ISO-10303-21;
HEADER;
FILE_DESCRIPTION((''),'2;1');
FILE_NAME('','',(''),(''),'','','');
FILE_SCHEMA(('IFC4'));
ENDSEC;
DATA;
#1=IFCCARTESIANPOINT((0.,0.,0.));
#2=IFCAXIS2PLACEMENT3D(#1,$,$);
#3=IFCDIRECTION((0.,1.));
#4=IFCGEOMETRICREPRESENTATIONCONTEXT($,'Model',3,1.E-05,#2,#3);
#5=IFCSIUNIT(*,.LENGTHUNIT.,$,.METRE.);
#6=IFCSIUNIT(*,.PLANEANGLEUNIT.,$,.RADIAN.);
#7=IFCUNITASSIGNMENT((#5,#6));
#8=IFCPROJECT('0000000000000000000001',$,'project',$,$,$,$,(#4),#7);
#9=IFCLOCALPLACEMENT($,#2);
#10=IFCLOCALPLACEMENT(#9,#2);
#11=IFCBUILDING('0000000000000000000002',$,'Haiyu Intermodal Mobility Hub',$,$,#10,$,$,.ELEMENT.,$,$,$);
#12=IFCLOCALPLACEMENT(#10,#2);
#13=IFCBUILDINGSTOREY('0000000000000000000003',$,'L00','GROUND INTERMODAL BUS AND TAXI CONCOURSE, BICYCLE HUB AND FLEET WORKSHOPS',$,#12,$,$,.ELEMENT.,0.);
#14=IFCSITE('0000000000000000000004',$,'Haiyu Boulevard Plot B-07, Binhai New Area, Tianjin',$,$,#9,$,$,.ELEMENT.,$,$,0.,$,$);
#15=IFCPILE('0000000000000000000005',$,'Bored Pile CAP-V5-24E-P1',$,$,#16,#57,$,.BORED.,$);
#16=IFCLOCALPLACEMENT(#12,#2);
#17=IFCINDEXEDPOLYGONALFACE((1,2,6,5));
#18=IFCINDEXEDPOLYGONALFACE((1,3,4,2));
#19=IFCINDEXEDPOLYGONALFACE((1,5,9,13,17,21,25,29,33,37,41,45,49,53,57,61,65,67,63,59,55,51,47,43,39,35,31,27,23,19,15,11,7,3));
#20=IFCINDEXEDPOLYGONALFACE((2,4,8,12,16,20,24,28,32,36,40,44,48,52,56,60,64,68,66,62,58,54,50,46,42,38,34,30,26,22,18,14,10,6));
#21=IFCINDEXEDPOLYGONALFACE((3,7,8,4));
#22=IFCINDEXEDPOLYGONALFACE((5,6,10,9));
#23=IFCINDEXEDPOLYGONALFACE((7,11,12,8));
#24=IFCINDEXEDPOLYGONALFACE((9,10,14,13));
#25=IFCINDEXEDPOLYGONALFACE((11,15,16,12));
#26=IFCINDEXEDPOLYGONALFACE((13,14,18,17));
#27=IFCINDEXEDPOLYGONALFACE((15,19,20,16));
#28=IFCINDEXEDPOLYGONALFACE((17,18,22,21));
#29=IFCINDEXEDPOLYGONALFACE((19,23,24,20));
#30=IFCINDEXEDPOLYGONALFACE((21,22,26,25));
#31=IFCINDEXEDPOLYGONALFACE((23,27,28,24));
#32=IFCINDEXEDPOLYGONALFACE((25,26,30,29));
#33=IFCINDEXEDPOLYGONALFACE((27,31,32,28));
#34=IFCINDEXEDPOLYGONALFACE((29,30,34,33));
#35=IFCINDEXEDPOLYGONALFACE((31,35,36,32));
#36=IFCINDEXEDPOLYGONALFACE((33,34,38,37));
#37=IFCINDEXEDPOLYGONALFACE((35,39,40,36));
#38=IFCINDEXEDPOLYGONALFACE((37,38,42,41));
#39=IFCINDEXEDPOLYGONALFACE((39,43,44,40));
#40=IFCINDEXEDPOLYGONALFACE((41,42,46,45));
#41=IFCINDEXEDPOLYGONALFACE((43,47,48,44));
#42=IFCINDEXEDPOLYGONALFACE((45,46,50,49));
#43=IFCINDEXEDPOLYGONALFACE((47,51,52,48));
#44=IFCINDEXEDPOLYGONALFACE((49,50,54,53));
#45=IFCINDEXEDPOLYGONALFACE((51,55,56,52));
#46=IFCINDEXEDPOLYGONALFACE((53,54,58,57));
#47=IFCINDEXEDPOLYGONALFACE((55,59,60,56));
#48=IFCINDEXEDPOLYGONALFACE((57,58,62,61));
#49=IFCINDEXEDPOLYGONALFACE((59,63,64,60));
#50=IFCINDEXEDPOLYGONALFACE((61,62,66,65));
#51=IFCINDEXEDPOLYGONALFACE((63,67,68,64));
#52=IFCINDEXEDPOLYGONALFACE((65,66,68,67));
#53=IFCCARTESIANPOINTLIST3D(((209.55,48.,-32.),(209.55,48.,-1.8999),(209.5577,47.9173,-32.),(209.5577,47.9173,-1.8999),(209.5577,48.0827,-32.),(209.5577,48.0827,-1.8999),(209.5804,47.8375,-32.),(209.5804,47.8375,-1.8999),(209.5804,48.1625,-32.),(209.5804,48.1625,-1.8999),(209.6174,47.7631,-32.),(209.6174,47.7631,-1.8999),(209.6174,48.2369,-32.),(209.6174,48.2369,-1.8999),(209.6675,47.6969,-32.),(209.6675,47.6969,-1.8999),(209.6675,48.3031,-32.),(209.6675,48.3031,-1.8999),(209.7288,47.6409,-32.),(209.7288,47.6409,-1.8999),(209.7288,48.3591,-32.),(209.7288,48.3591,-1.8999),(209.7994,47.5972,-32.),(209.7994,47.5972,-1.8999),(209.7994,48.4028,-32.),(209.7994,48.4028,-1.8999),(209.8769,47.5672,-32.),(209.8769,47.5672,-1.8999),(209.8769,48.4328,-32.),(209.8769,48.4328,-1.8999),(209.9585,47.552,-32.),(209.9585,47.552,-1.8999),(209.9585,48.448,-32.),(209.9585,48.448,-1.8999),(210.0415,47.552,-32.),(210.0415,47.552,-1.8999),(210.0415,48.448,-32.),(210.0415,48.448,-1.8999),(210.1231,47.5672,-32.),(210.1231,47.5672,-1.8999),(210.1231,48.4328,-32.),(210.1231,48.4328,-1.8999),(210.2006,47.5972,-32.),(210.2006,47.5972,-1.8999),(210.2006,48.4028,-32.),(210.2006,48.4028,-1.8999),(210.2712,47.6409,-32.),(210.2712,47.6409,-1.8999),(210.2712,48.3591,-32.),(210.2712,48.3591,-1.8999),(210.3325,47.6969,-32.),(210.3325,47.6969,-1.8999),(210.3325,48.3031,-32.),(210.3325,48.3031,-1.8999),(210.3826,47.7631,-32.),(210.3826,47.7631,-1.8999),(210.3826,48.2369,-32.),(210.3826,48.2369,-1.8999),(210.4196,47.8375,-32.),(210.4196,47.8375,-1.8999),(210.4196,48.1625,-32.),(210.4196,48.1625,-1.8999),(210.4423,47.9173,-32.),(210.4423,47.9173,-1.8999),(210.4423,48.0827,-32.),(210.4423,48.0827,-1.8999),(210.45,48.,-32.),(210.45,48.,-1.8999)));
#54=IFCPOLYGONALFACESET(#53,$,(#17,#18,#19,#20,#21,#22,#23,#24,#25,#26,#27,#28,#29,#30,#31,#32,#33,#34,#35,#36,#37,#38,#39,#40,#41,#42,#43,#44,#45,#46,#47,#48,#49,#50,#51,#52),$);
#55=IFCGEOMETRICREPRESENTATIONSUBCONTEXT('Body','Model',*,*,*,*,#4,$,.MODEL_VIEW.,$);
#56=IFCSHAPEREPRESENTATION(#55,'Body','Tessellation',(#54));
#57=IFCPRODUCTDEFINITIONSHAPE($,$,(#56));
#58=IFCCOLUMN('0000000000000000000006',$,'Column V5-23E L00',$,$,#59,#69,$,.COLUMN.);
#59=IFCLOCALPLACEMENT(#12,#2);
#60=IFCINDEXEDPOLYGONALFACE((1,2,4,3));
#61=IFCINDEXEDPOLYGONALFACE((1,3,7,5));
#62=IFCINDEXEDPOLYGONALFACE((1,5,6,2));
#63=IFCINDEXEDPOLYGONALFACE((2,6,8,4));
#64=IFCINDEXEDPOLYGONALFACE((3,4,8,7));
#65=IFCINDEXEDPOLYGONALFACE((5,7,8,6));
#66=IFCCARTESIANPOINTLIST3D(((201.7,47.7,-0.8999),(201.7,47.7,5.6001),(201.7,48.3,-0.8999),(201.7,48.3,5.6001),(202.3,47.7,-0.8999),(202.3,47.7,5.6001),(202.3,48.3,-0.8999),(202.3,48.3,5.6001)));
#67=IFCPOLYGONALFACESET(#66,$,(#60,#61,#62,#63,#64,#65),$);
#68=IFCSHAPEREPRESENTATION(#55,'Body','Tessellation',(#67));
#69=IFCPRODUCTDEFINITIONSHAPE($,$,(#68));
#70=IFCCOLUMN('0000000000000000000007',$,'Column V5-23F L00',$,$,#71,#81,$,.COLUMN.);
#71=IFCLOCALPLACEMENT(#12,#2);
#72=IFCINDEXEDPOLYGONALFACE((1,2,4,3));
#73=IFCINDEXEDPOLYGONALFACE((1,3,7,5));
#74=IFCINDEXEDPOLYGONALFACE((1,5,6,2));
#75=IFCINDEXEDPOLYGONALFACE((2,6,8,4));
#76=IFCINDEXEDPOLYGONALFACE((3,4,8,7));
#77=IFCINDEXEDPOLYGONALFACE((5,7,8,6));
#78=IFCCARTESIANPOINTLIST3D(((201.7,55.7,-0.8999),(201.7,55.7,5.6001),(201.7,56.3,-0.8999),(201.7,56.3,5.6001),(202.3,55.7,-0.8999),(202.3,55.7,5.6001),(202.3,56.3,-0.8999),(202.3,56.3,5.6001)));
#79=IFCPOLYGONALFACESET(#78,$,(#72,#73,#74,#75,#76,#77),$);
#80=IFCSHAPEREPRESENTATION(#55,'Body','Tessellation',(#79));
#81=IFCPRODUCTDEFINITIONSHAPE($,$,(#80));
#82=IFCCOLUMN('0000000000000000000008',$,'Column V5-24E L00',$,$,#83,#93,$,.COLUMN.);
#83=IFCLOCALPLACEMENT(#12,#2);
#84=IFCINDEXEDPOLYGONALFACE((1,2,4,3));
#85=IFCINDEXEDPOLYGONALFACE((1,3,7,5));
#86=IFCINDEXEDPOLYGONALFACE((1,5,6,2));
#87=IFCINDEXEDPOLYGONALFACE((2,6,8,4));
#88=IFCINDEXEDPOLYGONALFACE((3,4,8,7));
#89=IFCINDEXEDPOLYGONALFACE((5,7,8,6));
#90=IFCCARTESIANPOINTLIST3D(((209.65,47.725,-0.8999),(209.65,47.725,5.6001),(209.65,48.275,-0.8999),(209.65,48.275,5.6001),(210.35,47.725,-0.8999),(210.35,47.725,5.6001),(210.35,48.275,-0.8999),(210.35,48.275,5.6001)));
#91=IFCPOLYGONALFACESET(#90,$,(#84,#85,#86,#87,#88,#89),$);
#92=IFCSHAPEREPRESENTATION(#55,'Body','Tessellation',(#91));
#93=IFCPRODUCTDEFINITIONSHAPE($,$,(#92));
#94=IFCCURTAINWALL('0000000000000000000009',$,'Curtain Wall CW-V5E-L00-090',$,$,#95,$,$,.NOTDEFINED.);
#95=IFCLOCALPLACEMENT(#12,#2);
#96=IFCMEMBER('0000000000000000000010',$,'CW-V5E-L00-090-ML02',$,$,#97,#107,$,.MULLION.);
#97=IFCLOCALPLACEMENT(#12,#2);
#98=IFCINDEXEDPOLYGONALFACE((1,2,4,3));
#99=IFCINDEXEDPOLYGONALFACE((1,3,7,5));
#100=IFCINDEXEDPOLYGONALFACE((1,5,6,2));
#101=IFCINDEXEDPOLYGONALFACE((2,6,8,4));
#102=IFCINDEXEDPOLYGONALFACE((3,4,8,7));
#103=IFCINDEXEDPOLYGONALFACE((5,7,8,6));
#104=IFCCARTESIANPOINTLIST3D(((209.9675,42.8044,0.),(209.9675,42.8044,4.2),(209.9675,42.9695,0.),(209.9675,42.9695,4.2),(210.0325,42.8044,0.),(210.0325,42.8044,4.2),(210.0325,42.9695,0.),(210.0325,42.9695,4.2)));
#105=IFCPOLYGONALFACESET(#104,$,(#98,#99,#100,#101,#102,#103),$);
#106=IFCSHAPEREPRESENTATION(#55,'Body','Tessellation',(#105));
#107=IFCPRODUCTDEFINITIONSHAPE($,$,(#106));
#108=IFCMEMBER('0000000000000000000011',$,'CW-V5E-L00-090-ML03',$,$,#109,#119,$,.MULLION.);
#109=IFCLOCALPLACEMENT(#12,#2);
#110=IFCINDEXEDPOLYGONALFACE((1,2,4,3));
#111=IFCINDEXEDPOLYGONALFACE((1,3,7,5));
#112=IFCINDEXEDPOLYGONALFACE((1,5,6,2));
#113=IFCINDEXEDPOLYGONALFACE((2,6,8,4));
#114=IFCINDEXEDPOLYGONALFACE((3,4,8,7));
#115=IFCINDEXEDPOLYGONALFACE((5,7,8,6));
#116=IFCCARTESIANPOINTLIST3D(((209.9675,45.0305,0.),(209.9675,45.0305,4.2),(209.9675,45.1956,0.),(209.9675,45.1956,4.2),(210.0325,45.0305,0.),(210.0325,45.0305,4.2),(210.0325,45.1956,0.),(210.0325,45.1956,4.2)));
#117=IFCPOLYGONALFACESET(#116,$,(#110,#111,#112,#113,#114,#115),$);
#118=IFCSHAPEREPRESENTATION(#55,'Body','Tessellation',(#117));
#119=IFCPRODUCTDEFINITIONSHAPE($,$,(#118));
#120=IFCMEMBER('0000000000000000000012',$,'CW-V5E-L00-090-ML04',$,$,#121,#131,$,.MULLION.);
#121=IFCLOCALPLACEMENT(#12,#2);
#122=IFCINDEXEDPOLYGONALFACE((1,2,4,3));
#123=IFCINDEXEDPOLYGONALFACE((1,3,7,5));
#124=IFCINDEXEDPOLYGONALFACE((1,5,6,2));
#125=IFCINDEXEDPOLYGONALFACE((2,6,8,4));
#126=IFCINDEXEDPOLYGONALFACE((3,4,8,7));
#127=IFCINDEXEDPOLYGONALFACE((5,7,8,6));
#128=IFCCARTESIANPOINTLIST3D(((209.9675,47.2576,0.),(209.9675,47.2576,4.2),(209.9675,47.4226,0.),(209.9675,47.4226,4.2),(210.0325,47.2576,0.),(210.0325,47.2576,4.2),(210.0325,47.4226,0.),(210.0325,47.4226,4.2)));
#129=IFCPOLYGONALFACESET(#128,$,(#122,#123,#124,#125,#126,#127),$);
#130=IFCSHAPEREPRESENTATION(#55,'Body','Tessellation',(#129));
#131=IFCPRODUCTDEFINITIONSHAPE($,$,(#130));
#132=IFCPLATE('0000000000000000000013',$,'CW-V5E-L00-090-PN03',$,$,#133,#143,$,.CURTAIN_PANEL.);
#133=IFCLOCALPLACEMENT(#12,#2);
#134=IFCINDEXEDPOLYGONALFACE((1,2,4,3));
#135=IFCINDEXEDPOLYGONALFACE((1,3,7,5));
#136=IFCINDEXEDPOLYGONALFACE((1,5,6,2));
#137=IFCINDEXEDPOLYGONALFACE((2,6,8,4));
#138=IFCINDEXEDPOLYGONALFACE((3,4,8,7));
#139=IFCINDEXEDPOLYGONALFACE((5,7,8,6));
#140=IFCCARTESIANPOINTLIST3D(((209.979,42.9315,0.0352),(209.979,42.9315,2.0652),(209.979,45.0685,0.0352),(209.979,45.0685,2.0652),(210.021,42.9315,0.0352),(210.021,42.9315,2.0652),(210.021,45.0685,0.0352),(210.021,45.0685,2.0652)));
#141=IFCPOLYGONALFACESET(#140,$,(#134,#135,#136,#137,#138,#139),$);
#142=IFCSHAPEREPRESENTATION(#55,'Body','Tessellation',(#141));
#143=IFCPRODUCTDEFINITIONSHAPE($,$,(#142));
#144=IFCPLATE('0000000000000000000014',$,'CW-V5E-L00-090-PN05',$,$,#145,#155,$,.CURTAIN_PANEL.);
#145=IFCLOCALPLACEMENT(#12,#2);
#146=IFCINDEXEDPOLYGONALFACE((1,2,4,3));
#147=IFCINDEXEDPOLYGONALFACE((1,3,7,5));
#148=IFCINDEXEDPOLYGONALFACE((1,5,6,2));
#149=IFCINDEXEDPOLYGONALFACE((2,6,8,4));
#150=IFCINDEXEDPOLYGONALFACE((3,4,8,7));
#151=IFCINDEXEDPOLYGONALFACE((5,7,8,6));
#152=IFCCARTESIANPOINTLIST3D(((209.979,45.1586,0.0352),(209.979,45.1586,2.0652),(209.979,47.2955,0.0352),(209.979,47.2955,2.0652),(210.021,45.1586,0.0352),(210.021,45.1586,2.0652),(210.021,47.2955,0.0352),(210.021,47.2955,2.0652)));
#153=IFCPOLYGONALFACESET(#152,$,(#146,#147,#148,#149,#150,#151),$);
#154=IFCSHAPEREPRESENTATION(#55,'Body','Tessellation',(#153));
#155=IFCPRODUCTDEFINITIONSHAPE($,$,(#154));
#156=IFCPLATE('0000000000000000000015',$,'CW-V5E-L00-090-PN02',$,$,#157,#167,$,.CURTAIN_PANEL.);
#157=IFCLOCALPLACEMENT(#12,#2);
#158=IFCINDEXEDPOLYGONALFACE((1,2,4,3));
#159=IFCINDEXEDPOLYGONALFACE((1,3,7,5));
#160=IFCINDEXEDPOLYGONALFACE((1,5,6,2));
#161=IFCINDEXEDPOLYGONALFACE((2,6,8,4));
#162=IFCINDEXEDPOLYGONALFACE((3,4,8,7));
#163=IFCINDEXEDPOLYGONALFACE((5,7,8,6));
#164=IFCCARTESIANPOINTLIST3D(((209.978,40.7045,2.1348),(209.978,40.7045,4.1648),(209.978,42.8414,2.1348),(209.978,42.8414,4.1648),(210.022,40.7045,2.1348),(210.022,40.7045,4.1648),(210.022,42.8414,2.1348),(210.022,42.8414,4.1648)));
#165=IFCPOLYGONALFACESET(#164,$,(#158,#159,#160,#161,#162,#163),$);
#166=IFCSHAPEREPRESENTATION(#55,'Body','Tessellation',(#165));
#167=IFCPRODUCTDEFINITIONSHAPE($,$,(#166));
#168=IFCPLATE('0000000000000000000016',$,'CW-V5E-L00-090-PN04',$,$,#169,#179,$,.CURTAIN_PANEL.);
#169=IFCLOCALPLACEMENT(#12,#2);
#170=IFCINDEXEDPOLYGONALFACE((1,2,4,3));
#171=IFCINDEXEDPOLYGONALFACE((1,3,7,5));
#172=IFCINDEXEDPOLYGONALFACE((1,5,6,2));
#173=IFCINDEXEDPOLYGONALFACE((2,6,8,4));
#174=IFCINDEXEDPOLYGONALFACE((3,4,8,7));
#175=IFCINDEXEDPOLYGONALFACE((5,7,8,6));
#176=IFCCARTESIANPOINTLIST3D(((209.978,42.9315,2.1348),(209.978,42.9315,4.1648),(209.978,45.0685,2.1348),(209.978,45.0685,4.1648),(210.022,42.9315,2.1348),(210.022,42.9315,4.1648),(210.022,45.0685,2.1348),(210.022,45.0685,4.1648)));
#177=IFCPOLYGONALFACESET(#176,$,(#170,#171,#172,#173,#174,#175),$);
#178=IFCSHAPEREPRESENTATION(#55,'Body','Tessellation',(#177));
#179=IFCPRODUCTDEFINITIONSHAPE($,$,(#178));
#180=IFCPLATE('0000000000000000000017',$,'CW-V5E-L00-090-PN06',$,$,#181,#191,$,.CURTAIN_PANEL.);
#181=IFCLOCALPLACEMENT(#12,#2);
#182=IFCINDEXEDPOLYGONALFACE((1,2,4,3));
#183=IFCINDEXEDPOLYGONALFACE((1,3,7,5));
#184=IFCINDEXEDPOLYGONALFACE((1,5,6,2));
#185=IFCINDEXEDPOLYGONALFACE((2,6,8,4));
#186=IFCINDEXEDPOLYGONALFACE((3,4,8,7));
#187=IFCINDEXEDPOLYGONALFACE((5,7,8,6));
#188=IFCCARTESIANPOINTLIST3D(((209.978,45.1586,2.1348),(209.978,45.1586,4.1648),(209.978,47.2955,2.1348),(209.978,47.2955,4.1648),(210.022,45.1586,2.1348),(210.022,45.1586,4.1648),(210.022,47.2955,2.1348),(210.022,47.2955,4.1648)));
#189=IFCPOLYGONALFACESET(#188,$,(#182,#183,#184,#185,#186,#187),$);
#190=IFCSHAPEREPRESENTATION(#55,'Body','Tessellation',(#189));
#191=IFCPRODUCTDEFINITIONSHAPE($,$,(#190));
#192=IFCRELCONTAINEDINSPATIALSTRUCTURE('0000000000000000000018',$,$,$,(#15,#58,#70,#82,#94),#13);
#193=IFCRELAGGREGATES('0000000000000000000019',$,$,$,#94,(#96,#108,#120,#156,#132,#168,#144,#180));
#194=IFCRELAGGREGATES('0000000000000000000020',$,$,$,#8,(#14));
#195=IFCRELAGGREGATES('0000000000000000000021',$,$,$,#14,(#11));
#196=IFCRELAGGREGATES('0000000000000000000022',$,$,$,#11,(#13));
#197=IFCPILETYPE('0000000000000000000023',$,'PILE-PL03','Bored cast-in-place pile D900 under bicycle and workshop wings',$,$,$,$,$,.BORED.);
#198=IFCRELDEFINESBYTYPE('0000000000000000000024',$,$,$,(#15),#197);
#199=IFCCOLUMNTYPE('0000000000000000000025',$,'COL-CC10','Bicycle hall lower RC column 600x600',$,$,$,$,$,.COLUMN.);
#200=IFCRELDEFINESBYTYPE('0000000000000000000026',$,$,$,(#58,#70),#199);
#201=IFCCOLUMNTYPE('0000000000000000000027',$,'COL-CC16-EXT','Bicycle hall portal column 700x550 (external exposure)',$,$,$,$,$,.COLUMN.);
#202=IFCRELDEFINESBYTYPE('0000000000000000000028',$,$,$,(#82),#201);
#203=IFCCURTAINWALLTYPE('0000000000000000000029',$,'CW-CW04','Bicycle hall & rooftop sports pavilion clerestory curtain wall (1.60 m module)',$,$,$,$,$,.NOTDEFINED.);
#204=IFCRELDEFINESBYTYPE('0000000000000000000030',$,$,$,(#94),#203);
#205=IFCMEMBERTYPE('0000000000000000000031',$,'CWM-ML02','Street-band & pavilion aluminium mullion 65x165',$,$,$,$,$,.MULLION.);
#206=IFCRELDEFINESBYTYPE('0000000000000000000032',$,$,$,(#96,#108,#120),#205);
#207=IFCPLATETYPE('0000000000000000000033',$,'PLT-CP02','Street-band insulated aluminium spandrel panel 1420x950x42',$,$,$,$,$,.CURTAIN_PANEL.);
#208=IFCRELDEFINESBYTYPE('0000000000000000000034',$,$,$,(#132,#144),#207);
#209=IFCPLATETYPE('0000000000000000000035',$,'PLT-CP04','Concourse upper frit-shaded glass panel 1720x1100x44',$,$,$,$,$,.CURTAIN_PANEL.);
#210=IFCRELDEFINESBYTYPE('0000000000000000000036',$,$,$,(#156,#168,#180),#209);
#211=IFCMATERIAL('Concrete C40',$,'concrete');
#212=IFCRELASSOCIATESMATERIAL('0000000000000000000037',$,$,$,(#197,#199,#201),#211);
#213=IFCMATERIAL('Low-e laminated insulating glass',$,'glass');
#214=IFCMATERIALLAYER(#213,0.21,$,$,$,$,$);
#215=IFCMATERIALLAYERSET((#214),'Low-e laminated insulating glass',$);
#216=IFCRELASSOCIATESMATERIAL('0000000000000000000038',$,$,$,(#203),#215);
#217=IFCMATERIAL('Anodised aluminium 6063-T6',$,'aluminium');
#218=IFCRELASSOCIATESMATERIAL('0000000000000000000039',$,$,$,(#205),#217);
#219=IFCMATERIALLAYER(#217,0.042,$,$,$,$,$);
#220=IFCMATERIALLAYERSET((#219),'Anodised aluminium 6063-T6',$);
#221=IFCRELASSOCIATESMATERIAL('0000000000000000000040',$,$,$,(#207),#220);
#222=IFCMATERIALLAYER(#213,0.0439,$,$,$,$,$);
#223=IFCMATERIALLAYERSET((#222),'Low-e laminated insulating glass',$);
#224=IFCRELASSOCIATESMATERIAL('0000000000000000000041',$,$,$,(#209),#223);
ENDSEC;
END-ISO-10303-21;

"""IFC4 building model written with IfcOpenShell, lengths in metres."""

from ifc_helpers import new_model, si_unit, direction, frame, origin, origin_2d, place, context, subcontext, project, spatial, rectangle, circle, extrude, material, layer, layer_set, material_profile, profile_set, type_object, element, aggregate, save


model = new_model("IFC4")

# Units and contexts
model_context = context("Model", 3, precision=1e-05, world=origin(), true_north=direction((0.0, 1.0)))
body_context = subcontext(model_context, "Body", "Model", "MODEL_VIEW")
ifc_project = project(units=[si_unit("LENGTHUNIT", "METRE"), si_unit("PLANEANGLEUNIT", "RADIAN")], contexts=[model_context])

# Site, building, storey
site_placement = place(None, origin())
site = spatial("IfcSite", under=ifc_project, at=site_placement, Name="Haiyu Boulevard Plot B-07, Binhai New Area, Tianjin", CompositionType="ELEMENT", RefElevation=0.0)
building_placement = place(site_placement, origin())
building = spatial("IfcBuilding", under=site, at=building_placement, Name="Haiyu Intermodal Mobility Hub", CompositionType="ELEMENT")
storey_placement = place(building_placement, origin())
storey = spatial("IfcBuildingStorey", under=building, at=storey_placement, Name="L00", Description="GROUND INTERMODAL BUS AND TAXI CONCOURSE, BICYCLE HUB AND FLEET WORKSHOPS", CompositionType="ELEMENT", Elevation=0.0)

# Shared definitions
ifc_material_1 = material(Name="Concrete C40", Category="concrete")

# Pile
ifc_material_profile_1 = material_profile(ifc_material_1, circle(Radius=0.45, at=origin_2d()), Name="PILE-D900")
ifc_profile_set_1 = profile_set([ifc_material_profile_1], Name="Concrete C40")
pile_type = type_object("IfcPileType", Name="PILE-PL03", Description="Bored cast-in-place pile D900 under bicycle and workshop wings", PredefinedType="BORED", material=ifc_profile_set_1)
pile_placement = place(storey_placement, frame((210.0, 48.0, -1.8999), z_axis=(0.0, 0.0, -1.0), x_axis=(1.0, 0.0, 0.0)))
element("IfcPile", 1, at=pile_placement, inside=storey, type_object=pile_type, Name="Bored Pile CAP-V5-24E-P1", PredefinedType="BORED", context=body_context, shape_type="SweptSolid", body=[
    extrude(circle(Radius=0.45, at=origin_2d()), origin(), (0.0, 0.0, 1.0), 30.1001),
])

# Columns
ifc_material_profile_2 = material_profile(ifc_material_1, rectangle(XDim=0.6001, YDim=0.6001, at=origin_2d()), Name="RC600x600")
ifc_profile_set_2 = profile_set([ifc_material_profile_2], Name="Concrete C40")
column_type_1 = type_object("IfcColumnType", Name="COL-CC10", Description="Bicycle hall lower RC column 600x600", PredefinedType="COLUMN", material=ifc_profile_set_2)
for number, where, z_axis, x_axis, name in (
    (2, (202.0, 48.0, -0.8999), (0.0, 0.0, 1.0), (1.0, 0.0, 0.0), "Column V5-23E L00"),
    (3, (202.0, 56.0, -0.8999), (0.0, 0.0, 1.0), (1.0, 0.0, 0.0), "Column V5-23F L00"),
):
    element("IfcColumn", number, at=place(storey_placement, frame(where, z_axis=z_axis, x_axis=x_axis)), inside=storey, type_object=column_type_1, Name=name, PredefinedType="COLUMN", context=body_context, shape_type="SweptSolid", body=[
        extrude(rectangle(XDim=0.6001, YDim=0.6001, at=origin_2d()), origin(), (0.0, 0.0, 1.0), 6.5),
    ])
ifc_material_profile_3 = material_profile(ifc_material_1, rectangle(XDim=0.7, YDim=0.55, at=origin_2d()), Name="C700x550")
ifc_profile_set_3 = profile_set([ifc_material_profile_3], Name="Concrete C40")
column_type_2 = type_object("IfcColumnType", Name="COL-CC16-EXT", Description="Bicycle hall portal column 700x550 (external exposure)", PredefinedType="COLUMN", material=ifc_profile_set_3)
column_placement = place(storey_placement, frame((210.0, 48.0, -0.8999), z_axis=(0.0, 0.0, 1.0), x_axis=(1.0, 0.0, 0.0)))
element("IfcColumn", 4, at=column_placement, inside=storey, type_object=column_type_2, Name="Column V5-24E L00", PredefinedType="COLUMN", context=body_context, shape_type="SweptSolid", body=[
    extrude(rectangle(XDim=0.7, YDim=0.55, at=origin_2d()), origin(), (0.0, 0.0, 1.0), 6.5),
])

# Curtain wall, members, plates
ifc_material_2 = material(Name="Low-e laminated insulating glass", Category="glass")
ifc_layer_1 = layer(ifc_material_2, 0.21)
ifc_layer_set_1 = layer_set([ifc_layer_1], Name="Low-e laminated insulating glass")
curtain_wall_type = type_object("IfcCurtainWallType", Name="CW-CW04", Description="Bicycle hall & rooftop sports pavilion clerestory curtain wall (1.60 m module)", PredefinedType="NOTDEFINED", material=ifc_layer_set_1)
curtain_wall_placement = place(storey_placement, origin())
curtain_wall = element("IfcCurtainWall", 5, at=curtain_wall_placement, inside=storey, type_object=curtain_wall_type, Name="Curtain Wall CW-V5E-L00-090", PredefinedType="NOTDEFINED")
ifc_material_3 = material(Name="Anodised aluminium 6063-T6", Category="aluminium")
ifc_material_profile_4 = material_profile(ifc_material_3, rectangle(XDim=0.0649, YDim=0.165, at=origin_2d()), Name="ALU65x165")
ifc_profile_set_4 = profile_set([ifc_material_profile_4], Name="Anodised aluminium 6063-T6")
member_type = type_object("IfcMemberType", Name="CWM-ML02", Description="Street-band & pavilion aluminium mullion 65x165", PredefinedType="MULLION", material=ifc_profile_set_4)
member_1_placement = place(storey_placement, frame((210.0, 42.887, 0.0), z_axis=(0.0, 0.0, 1.0), x_axis=(1.0, 0.0, 0.0)))
member_1 = element("IfcMember", 6, at=member_1_placement, type_object=member_type, Name="CW-V5E-L00-090-ML02", PredefinedType="MULLION", context=body_context, shape_type="SweptSolid", body=[
    extrude(rectangle(XDim=0.0649, YDim=0.165, at=origin_2d()), origin(), (0.0, 0.0, 1.0), 4.2),
])
member_2_placement = place(storey_placement, frame((210.0, 45.113, 0.0), z_axis=(0.0, 0.0, 1.0), x_axis=(1.0, 0.0, 0.0)))
member_2 = element("IfcMember", 7, at=member_2_placement, type_object=member_type, Name="CW-V5E-L00-090-ML03", PredefinedType="MULLION", context=body_context, shape_type="SweptSolid", body=[
    extrude(rectangle(XDim=0.0649, YDim=0.165, at=origin_2d()), origin(), (0.0, 0.0, 1.0), 4.2),
])
member_3_placement = place(storey_placement, frame((210.0, 47.3401, 0.0), z_axis=(0.0, 0.0, 1.0), x_axis=(1.0, 0.0, 0.0)))
member_3 = element("IfcMember", 8, at=member_3_placement, type_object=member_type, Name="CW-V5E-L00-090-ML04", PredefinedType="MULLION", context=body_context, shape_type="SweptSolid", body=[
    extrude(rectangle(XDim=0.0649, YDim=0.165, at=origin_2d()), origin(), (0.0, 0.0, 1.0), 4.2),
])
ifc_layer_2 = layer(ifc_material_3, 0.042)
ifc_layer_set_2 = layer_set([ifc_layer_2], Name="Anodised aluminium 6063-T6")
plate_type_1 = type_object("IfcPlateType", Name="PLT-CP02", Description="Street-band insulated aluminium spandrel panel 1420x950x42", PredefinedType="CURTAIN_PANEL", material=ifc_layer_set_2)
plate_1_placement = place(storey_placement, frame((210.0, 44.0, 0.0352), z_axis=(0.0, 0.0, 1.0), x_axis=(0.0, 1.0, 0.0)))
plate_1 = element("IfcPlate", 9, at=plate_1_placement, type_object=plate_type_1, Name="CW-V5E-L00-090-PN03", PredefinedType="CURTAIN_PANEL", context=body_context, shape_type="SweptSolid", body=[
    extrude(rectangle(XDim=2.137, YDim=0.042, at=origin_2d()), origin(), (0.0, 0.0, 1.0), 2.03),
])
plate_2_placement = place(storey_placement, frame((210.0, 46.2271, 0.0352), z_axis=(0.0, 0.0, 1.0), x_axis=(0.0, 1.0, 0.0)))
plate_2 = element("IfcPlate", 10, at=plate_2_placement, type_object=plate_type_1, Name="CW-V5E-L00-090-PN05", PredefinedType="CURTAIN_PANEL", context=body_context, shape_type="SweptSolid", body=[
    extrude(rectangle(XDim=2.137, YDim=0.042, at=origin_2d()), origin(), (0.0, 0.0, 1.0), 2.03),
])
ifc_layer_3 = layer(ifc_material_2, 0.0439)
ifc_layer_set_3 = layer_set([ifc_layer_3], Name="Low-e laminated insulating glass")
plate_type_2 = type_object("IfcPlateType", Name="PLT-CP04", Description="Concourse upper frit-shaded glass panel 1720x1100x44", PredefinedType="CURTAIN_PANEL", material=ifc_layer_set_3)
plate_3_placement = place(storey_placement, frame((210.0, 41.7729, 2.1348), z_axis=(0.0, 0.0, 1.0), x_axis=(0.0, 1.0, 0.0)))
plate_3 = element("IfcPlate", 11, at=plate_3_placement, type_object=plate_type_2, Name="CW-V5E-L00-090-PN02", PredefinedType="CURTAIN_PANEL", context=body_context, shape_type="SweptSolid", body=[
    extrude(rectangle(XDim=2.137, YDim=0.0439, at=origin_2d()), origin(), (0.0, 0.0, 1.0), 2.03),
])
plate_4_placement = place(storey_placement, frame((210.0, 44.0, 2.1348), z_axis=(0.0, 0.0, 1.0), x_axis=(0.0, 1.0, 0.0)))
plate_4 = element("IfcPlate", 12, at=plate_4_placement, type_object=plate_type_2, Name="CW-V5E-L00-090-PN04", PredefinedType="CURTAIN_PANEL", context=body_context, shape_type="SweptSolid", body=[
    extrude(rectangle(XDim=2.137, YDim=0.0439, at=origin_2d()), origin(), (0.0, 0.0, 1.0), 2.03),
])
plate_5_placement = place(storey_placement, frame((210.0, 46.2271, 2.1348), z_axis=(0.0, 0.0, 1.0), x_axis=(0.0, 1.0, 0.0)))
plate_5 = element("IfcPlate", 13, at=plate_5_placement, type_object=plate_type_2, Name="CW-V5E-L00-090-PN06", PredefinedType="CURTAIN_PANEL", context=body_context, shape_type="SweptSolid", body=[
    extrude(rectangle(XDim=2.137, YDim=0.0439, at=origin_2d()), origin(), (0.0, 0.0, 1.0), 2.03),
])
aggregate(curtain_wall, [member_1, member_2, member_3, plate_3, plate_1, plate_4, plate_2, plate_5])

save(model, "model.ifc")
